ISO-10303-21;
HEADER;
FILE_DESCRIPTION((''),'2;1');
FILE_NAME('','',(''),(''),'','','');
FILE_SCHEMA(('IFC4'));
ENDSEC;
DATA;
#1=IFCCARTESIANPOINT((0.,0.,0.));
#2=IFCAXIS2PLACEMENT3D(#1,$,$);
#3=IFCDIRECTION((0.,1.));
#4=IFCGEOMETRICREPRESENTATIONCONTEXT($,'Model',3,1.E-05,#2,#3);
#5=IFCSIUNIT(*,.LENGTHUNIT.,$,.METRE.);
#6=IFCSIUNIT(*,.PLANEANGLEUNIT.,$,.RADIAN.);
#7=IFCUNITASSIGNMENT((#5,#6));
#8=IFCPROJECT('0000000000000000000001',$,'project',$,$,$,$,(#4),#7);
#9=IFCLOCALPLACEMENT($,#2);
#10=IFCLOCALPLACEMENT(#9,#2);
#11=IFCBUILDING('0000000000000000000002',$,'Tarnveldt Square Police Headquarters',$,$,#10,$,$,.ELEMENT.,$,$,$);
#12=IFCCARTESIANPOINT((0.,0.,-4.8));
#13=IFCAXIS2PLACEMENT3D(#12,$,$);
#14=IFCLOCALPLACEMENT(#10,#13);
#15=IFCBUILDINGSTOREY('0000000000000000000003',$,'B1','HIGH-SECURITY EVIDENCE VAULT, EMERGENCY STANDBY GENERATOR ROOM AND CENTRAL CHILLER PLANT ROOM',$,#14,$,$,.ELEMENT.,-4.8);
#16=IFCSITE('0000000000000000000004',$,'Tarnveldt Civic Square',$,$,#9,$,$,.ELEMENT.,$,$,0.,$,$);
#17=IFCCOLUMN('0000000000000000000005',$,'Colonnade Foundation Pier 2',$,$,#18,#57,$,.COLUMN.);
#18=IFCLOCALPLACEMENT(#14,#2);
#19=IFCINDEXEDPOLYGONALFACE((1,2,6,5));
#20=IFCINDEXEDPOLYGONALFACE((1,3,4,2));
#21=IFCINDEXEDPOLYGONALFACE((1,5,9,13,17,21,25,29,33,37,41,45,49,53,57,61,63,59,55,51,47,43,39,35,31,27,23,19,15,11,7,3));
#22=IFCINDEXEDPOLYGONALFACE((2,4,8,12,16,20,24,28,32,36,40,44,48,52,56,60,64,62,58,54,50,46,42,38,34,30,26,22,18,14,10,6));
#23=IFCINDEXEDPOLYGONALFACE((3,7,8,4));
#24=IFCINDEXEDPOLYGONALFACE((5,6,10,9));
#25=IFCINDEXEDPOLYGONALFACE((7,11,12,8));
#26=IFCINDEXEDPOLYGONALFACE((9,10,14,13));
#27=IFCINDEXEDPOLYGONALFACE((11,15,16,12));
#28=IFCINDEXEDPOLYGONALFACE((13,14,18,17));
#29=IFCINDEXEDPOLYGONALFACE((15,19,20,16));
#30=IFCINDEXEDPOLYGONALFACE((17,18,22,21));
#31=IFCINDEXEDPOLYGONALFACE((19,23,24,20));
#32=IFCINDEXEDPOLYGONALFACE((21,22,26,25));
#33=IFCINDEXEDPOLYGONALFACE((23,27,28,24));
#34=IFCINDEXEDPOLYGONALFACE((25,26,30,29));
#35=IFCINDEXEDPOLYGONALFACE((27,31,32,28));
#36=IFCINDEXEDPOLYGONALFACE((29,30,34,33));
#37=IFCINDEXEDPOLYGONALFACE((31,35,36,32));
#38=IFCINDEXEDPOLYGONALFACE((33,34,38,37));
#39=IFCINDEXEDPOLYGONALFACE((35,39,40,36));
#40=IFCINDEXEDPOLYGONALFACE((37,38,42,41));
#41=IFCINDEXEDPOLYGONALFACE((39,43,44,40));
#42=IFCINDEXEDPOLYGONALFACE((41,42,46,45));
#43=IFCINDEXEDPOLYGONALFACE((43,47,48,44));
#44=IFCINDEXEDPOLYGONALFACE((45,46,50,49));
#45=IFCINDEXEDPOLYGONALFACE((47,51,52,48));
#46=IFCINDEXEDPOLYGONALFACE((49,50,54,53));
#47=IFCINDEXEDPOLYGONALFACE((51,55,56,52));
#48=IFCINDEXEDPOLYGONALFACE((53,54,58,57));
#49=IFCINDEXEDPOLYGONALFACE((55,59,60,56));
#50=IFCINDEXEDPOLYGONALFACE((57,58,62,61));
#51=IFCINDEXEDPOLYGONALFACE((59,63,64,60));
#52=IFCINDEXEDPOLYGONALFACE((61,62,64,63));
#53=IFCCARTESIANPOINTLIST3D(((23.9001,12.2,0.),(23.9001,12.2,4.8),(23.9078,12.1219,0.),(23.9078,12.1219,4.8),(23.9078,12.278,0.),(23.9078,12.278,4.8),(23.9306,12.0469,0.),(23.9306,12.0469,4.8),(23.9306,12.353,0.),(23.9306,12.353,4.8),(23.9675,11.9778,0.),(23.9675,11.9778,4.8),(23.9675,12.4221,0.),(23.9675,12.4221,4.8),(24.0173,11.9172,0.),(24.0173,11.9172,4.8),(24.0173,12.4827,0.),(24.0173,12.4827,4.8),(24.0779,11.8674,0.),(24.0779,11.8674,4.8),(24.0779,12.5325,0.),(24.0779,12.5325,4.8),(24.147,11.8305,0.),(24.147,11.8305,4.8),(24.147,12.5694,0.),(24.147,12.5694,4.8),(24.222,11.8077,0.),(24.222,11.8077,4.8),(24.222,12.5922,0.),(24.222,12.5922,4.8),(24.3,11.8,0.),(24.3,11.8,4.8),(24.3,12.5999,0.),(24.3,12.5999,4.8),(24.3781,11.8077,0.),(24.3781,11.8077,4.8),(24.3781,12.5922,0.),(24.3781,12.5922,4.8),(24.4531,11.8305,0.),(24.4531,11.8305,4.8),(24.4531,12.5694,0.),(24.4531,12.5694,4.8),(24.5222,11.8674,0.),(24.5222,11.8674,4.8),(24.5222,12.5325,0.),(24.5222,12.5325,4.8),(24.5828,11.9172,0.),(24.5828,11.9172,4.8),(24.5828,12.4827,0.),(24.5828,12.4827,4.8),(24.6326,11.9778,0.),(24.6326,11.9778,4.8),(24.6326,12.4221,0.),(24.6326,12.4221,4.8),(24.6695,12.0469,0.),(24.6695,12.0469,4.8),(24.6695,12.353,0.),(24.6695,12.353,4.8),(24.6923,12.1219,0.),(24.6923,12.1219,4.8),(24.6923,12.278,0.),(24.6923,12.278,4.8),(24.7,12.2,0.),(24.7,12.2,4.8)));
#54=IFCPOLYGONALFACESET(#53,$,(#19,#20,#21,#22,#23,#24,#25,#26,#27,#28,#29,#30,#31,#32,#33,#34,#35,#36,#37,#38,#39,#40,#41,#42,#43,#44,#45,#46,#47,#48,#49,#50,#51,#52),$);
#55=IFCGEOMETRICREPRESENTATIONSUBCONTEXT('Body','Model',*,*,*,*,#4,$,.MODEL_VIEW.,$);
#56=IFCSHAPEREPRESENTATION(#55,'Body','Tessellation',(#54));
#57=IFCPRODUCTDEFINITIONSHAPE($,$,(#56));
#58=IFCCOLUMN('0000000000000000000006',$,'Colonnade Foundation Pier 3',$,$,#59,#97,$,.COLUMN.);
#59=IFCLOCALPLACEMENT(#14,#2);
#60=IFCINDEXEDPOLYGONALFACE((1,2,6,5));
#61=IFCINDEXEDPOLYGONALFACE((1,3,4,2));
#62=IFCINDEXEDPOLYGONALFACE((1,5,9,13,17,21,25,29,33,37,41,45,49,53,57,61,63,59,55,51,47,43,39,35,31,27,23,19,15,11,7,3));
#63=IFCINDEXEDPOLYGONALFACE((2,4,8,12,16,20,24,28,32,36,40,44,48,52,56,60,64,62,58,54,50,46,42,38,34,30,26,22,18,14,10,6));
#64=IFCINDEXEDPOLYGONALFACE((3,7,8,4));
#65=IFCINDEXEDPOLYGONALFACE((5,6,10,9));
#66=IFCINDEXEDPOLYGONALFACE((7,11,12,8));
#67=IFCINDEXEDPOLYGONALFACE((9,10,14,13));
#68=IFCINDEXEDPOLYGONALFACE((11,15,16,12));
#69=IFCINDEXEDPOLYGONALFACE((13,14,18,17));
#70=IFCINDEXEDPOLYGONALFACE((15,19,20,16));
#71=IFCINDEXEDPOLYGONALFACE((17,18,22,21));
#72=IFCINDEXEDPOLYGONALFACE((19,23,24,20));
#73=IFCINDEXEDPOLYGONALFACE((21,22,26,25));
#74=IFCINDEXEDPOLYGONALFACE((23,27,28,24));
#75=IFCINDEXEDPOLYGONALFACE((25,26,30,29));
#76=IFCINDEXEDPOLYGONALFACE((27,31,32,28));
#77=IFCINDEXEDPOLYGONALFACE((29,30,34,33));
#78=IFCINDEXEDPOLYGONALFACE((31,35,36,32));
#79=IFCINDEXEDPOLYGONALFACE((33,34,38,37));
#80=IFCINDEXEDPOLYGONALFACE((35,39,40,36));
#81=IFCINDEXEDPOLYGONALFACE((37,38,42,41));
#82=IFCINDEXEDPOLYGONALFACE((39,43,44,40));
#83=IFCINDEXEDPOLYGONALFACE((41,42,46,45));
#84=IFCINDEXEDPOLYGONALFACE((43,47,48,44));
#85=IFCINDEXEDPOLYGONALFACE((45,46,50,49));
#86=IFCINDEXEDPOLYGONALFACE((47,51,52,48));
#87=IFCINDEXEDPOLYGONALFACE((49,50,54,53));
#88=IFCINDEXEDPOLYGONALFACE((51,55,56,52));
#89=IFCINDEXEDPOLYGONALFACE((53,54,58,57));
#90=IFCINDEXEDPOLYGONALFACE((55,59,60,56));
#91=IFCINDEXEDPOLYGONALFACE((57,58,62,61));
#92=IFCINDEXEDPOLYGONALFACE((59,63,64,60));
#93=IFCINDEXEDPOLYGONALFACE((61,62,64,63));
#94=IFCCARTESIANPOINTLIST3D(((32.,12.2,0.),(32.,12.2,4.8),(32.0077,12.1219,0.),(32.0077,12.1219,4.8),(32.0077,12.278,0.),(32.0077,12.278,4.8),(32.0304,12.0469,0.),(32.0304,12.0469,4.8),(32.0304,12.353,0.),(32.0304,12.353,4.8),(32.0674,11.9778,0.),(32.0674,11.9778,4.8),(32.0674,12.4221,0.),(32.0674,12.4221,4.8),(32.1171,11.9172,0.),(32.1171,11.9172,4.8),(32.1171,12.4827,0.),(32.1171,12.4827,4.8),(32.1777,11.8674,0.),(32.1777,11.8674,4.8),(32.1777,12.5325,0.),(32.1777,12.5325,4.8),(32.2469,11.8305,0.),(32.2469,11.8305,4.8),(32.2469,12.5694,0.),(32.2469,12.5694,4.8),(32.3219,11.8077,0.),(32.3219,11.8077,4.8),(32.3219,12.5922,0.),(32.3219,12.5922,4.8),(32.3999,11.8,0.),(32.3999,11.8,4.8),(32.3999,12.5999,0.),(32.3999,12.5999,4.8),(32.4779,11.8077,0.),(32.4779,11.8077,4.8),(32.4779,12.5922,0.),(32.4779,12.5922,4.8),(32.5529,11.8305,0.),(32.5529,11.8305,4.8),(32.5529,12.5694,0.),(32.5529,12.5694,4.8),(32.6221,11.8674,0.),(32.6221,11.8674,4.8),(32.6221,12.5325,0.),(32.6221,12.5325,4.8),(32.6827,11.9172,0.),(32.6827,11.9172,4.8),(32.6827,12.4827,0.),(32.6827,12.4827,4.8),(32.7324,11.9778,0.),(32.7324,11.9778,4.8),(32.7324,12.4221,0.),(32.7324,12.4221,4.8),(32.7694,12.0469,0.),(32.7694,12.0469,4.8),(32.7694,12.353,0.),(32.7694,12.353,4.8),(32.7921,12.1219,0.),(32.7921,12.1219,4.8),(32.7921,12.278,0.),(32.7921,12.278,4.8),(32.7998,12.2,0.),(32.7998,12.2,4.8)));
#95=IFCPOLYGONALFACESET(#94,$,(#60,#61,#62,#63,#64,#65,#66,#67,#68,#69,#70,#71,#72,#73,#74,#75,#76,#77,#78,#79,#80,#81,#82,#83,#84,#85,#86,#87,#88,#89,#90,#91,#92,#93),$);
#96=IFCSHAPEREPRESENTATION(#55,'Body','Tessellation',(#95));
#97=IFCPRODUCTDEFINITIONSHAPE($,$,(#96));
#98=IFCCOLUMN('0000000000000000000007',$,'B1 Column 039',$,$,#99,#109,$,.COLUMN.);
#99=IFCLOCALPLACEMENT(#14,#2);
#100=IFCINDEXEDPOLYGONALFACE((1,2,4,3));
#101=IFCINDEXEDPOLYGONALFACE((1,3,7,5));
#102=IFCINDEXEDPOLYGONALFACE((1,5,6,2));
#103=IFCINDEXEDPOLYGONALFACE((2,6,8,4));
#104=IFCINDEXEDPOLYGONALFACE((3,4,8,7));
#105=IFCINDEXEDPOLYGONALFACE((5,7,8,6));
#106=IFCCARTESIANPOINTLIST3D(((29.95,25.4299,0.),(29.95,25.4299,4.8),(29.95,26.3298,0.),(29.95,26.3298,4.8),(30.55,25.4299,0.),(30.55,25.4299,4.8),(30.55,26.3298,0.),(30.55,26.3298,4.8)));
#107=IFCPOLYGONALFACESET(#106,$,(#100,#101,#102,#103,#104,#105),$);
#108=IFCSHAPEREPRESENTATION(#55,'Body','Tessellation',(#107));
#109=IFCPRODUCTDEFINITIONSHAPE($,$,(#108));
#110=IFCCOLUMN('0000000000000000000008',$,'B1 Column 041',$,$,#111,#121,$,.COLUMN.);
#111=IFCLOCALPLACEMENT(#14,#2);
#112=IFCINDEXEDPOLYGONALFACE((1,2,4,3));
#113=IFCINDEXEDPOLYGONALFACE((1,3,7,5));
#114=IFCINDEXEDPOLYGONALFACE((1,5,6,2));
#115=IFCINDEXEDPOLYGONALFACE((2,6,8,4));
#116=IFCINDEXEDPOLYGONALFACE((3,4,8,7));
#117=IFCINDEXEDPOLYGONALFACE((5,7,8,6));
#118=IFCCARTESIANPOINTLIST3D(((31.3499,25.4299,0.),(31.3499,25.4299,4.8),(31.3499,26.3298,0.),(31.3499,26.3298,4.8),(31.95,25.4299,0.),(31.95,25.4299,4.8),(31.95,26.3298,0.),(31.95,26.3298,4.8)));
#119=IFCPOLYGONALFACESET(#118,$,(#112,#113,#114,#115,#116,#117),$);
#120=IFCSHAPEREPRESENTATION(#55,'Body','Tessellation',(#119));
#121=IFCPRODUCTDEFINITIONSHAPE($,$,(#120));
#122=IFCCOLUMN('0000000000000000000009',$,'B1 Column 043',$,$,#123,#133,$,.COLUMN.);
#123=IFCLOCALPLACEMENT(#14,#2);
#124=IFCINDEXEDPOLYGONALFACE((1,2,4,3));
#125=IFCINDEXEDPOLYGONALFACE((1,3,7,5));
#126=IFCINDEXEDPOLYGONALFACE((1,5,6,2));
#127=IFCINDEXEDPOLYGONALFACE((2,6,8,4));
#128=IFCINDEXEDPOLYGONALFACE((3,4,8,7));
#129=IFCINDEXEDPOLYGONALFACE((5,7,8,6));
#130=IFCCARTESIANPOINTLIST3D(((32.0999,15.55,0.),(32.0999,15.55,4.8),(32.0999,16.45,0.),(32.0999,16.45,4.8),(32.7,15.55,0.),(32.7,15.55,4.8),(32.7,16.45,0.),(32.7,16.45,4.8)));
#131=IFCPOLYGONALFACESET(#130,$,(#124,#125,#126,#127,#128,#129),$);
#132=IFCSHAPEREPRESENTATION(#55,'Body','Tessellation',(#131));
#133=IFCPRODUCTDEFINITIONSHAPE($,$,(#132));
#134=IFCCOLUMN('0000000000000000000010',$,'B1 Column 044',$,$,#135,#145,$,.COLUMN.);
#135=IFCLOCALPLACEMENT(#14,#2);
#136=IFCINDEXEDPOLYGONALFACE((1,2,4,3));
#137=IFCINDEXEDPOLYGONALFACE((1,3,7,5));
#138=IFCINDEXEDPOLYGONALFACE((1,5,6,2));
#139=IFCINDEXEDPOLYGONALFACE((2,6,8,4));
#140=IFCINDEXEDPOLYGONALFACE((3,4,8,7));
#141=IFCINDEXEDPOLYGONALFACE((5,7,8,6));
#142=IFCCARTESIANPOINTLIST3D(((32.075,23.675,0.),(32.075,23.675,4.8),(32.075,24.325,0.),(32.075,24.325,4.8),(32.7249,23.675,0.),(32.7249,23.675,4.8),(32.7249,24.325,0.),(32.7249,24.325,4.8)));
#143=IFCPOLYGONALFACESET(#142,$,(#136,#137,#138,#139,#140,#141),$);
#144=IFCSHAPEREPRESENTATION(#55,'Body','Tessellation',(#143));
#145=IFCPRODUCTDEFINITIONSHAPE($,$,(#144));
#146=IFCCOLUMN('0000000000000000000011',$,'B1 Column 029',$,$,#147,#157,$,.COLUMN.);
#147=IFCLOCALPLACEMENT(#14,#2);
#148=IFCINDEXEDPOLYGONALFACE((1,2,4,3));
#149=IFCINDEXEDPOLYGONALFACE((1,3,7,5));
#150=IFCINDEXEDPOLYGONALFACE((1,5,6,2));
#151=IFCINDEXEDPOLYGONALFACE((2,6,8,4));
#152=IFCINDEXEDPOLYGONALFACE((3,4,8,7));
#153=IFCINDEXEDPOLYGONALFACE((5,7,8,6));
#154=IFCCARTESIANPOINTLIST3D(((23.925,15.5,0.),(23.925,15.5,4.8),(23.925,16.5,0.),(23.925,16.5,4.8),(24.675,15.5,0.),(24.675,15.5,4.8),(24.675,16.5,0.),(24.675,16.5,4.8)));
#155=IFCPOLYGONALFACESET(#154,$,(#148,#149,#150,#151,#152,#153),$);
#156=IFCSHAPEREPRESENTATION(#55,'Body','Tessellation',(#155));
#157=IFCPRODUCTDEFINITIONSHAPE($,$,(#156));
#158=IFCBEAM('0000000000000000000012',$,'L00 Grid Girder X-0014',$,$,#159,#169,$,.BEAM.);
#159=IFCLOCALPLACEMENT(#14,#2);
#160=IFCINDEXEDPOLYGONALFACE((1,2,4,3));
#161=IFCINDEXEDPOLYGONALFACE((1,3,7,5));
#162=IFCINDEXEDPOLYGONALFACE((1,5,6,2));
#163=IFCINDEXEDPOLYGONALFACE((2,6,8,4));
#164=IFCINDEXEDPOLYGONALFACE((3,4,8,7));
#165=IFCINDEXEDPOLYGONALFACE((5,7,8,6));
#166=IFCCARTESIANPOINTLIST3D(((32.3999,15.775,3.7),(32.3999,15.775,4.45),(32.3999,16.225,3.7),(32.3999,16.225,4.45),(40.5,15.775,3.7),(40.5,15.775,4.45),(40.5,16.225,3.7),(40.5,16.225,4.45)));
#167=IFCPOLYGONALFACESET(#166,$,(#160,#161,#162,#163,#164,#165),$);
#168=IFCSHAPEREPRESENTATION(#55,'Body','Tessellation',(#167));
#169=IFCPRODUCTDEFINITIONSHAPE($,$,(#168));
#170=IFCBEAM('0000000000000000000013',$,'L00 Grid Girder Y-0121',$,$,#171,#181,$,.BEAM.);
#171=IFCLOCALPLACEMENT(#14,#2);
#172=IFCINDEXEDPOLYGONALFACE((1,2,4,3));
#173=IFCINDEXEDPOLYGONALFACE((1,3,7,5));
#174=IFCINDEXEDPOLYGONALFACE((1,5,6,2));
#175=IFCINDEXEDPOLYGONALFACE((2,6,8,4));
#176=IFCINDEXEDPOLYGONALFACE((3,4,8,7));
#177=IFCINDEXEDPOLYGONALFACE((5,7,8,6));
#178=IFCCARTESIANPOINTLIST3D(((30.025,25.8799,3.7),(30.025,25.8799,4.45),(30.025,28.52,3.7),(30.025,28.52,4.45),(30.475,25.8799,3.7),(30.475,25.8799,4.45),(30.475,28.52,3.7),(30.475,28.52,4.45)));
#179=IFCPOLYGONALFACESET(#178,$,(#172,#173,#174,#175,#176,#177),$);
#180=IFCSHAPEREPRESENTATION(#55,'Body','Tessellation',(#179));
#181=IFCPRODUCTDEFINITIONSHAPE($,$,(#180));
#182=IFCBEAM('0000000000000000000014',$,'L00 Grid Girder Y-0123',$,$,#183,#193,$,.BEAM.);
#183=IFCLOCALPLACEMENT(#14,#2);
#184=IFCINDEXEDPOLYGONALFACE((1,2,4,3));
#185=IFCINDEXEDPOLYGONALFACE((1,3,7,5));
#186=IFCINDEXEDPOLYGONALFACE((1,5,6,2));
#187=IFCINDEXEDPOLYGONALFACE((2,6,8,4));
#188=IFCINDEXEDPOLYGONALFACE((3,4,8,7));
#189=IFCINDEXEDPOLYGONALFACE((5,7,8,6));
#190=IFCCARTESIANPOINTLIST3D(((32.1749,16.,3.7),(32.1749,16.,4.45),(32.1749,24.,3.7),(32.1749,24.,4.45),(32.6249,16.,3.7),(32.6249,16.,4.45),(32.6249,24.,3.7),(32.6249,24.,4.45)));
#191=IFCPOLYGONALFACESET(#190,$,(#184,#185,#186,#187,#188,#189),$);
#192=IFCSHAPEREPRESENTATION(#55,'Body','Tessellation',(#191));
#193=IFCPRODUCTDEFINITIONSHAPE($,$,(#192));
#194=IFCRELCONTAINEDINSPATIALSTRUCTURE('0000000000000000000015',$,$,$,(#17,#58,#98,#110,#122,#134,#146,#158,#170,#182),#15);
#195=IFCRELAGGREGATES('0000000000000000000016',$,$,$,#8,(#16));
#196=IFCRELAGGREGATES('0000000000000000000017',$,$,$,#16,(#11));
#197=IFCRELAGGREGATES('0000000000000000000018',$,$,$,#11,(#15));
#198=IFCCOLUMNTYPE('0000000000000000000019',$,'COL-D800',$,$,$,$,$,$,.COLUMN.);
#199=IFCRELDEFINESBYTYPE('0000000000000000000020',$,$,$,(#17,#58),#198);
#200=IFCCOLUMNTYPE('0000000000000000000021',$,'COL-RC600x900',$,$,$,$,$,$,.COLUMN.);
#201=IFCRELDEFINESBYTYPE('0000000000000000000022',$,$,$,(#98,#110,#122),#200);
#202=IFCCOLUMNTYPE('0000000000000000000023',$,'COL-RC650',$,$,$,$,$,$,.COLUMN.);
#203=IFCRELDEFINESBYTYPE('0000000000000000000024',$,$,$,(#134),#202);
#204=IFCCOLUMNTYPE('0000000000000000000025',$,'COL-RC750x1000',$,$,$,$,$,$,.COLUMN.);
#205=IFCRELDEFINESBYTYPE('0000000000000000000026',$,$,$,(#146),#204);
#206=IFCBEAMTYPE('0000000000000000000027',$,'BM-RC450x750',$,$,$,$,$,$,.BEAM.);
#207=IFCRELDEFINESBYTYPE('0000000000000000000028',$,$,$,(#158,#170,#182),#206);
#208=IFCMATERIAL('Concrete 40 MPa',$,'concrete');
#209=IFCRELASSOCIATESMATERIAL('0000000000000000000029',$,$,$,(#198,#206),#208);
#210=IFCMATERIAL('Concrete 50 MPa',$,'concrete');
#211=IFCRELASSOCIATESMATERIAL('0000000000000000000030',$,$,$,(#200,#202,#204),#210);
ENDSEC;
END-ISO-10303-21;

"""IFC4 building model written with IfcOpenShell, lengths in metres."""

from ifc_helpers import new_model, si_unit, direction, frame, origin, origin_2d, place, context, subcontext, project, spatial, rectangle, circle, extrude, material, material_profile, profile_set, type_object, element, save


model = new_model("IFC4")

# Units and contexts
model_context = context("Model", 3, precision=1e-05, world=origin(), true_north=direction((0.0, 1.0)))
body_context = subcontext(model_context, "Body", "Model", "MODEL_VIEW")
ifc_project = project(units=[si_unit("LENGTHUNIT", "METRE"), si_unit("PLANEANGLEUNIT", "RADIAN")], contexts=[model_context])

# Site, building, storey
site_placement = place(None, origin())
site = spatial("IfcSite", under=ifc_project, at=site_placement, Name="Tarnveldt Civic Square", CompositionType="ELEMENT", RefElevation=0.0)
building_placement = place(site_placement, origin())
building = spatial("IfcBuilding", under=site, at=building_placement, Name="Tarnveldt Square Police Headquarters", CompositionType="ELEMENT")
storey_placement = place(building_placement, frame((0.0, 0.0, -4.8)))
storey = spatial("IfcBuildingStorey", under=building, at=storey_placement, Name="B1", Description="HIGH-SECURITY EVIDENCE VAULT, EMERGENCY STANDBY GENERATOR ROOM AND CENTRAL CHILLER PLANT ROOM", CompositionType="ELEMENT", Elevation=-4.8)

# Shared definitions
ifc_material_1 = material(Name="Concrete 40 MPa", Category="concrete")

# Columns
ifc_material_profile_1 = material_profile(ifc_material_1, circle(Radius=0.3999, at=origin_2d()), Name="RC-D800")
ifc_profile_set_1 = profile_set([ifc_material_profile_1], Name="Concrete 40 MPa")
column_type_1 = type_object("IfcColumnType", Name="COL-D800", PredefinedType="COLUMN", material=ifc_profile_set_1)
for number, where, z_axis, x_axis, name in (
    (1, (24.3, 12.2, 0.0), (0.0, 0.0, 1.0), (1.0, 0.0, 0.0), "Colonnade Foundation Pier 2"),
    (2, (32.3999, 12.2, 0.0), (0.0, 0.0, 1.0), (1.0, 0.0, 0.0), "Colonnade Foundation Pier 3"),
):
    element("IfcColumn", number, at=place(storey_placement, frame(where, z_axis=z_axis, x_axis=x_axis)), inside=storey, type_object=column_type_1, Name=name, PredefinedType="COLUMN", context=body_context, shape_type="SweptSolid", body=[
        extrude(circle(Radius=0.3999, at=origin_2d()), origin(), (0.0, 0.0, 1.0), 4.8),
    ])
ifc_material_2 = material(Name="Concrete 50 MPa", Category="concrete")
ifc_material_profile_2 = material_profile(ifc_material_2, rectangle(XDim=0.6001, YDim=0.8999, at=origin_2d()), Name="RC-C600x900")
ifc_profile_set_2 = profile_set([ifc_material_profile_2], Name="Concrete 50 MPa")
column_type_2 = type_object("IfcColumnType", Name="COL-RC600x900", PredefinedType="COLUMN", material=ifc_profile_set_2)
for number, where, z_axis, x_axis, name in (
    (3, (30.25, 25.8799, 0.0), (0.0, 0.0, 1.0), (1.0, 0.0, 0.0), "B1 Column 039"),
    (4, (31.6499, 25.8799, 0.0), (0.0, 0.0, 1.0), (1.0, 0.0, 0.0), "B1 Column 041"),
    (5, (32.3999, 16.0, 0.0), (0.0, 0.0, 1.0), (1.0, 0.0, 0.0), "B1 Column 043"),
):
    element("IfcColumn", number, at=place(storey_placement, frame(where, z_axis=z_axis, x_axis=x_axis)), inside=storey, type_object=column_type_2, Name=name, PredefinedType="COLUMN", context=body_context, shape_type="SweptSolid", body=[
        extrude(rectangle(XDim=0.6001, YDim=0.8999, at=origin_2d()), origin(), (0.0, 0.0, 1.0), 4.8),
    ])
ifc_material_profile_3 = material_profile(ifc_material_2, rectangle(XDim=0.6499, YDim=0.6499, at=origin_2d()), Name="RC-C650x650")
ifc_profile_set_3 = profile_set([ifc_material_profile_3], Name="Concrete 50 MPa")
column_type_3 = type_object("IfcColumnType", Name="COL-RC650", PredefinedType="COLUMN", material=ifc_profile_set_3)
column_1_placement = place(storey_placement, frame((32.3999, 24.0, 0.0), z_axis=(0.0, 0.0, 1.0), x_axis=(1.0, 0.0, 0.0)))
element("IfcColumn", 6, at=column_1_placement, inside=storey, type_object=column_type_3, Name="B1 Column 044", PredefinedType="COLUMN", context=body_context, shape_type="SweptSolid", body=[
    extrude(rectangle(XDim=0.6499, YDim=0.6499, at=origin_2d()), origin(), (0.0, 0.0, 1.0), 4.8),
])
ifc_material_profile_4 = material_profile(ifc_material_2, rectangle(XDim=0.75, YDim=1.0, at=origin_2d()), Name="RC-C750x1000")
ifc_profile_set_4 = profile_set([ifc_material_profile_4], Name="Concrete 50 MPa")
column_type_4 = type_object("IfcColumnType", Name="COL-RC750x1000", PredefinedType="COLUMN", material=ifc_profile_set_4)
column_2_placement = place(storey_placement, frame((24.3, 16.0, 0.0), z_axis=(0.0, 0.0, 1.0), x_axis=(1.0, 0.0, 0.0)))
element("IfcColumn", 7, at=column_2_placement, inside=storey, type_object=column_type_4, Name="B1 Column 029", PredefinedType="COLUMN", context=body_context, shape_type="SweptSolid", body=[
    extrude(rectangle(XDim=0.75, YDim=1.0, at=origin_2d()), origin(), (0.0, 0.0, 1.0), 4.8),
])

# Beams
ifc_material_profile_5 = material_profile(ifc_material_1, rectangle(XDim=0.45, YDim=0.75, at=origin_2d()), Name="RC-B450x750")
ifc_profile_set_5 = profile_set([ifc_material_profile_5], Name="Concrete 40 MPa")
beam_type_1 = type_object("IfcBeamType", Name="BM-RC450x750", PredefinedType="BEAM", material=ifc_profile_set_5)
beam_1_placement = place(storey_placement, frame((32.3999, 16.0, 4.075), z_axis=(1.0, 0.0, 0.0), x_axis=(0.0, 1.0, 0.0)))
element("IfcBeam", 8, at=beam_1_placement, inside=storey, type_object=beam_type_1, Name="L00 Grid Girder X-0014", PredefinedType="BEAM", context=body_context, shape_type="SweptSolid", body=[
    extrude(rectangle(XDim=0.45, YDim=0.75, at=origin_2d()), origin(), (0.0, 0.0, 1.0), 8.1001),
])
beam_2_placement = place(storey_placement, frame((30.25, 25.8799, 4.075), z_axis=(0.0, 1.0, 0.0), x_axis=(-1.0, 0.0, 0.0)))
element("IfcBeam", 9, at=beam_2_placement, inside=storey, type_object=beam_type_1, Name="L00 Grid Girder Y-0121", PredefinedType="BEAM", context=body_context, shape_type="SweptSolid", body=[
    extrude(rectangle(XDim=0.45, YDim=0.75, at=origin_2d()), origin(), (0.0, 0.0, 1.0), 2.6401),
])
for number, where, z_axis, x_axis, name in (
    (10, (32.3999, 16.0, 4.075), (0.0, 1.0, 0.0), (-1.0, 0.0, 0.0), "L00 Grid Girder Y-0123"),
):
    element("IfcBeam", number, at=place(storey_placement, frame(where, z_axis=z_axis, x_axis=x_axis)), inside=storey, type_object=beam_type_1, Name=name, PredefinedType="BEAM", context=body_context, shape_type="SweptSolid", body=[
        extrude(rectangle(XDim=0.45, YDim=0.75, at=origin_2d()), origin(), (0.0, 0.0, 1.0), 8.0),
    ])

save(model, "model.ifc")
